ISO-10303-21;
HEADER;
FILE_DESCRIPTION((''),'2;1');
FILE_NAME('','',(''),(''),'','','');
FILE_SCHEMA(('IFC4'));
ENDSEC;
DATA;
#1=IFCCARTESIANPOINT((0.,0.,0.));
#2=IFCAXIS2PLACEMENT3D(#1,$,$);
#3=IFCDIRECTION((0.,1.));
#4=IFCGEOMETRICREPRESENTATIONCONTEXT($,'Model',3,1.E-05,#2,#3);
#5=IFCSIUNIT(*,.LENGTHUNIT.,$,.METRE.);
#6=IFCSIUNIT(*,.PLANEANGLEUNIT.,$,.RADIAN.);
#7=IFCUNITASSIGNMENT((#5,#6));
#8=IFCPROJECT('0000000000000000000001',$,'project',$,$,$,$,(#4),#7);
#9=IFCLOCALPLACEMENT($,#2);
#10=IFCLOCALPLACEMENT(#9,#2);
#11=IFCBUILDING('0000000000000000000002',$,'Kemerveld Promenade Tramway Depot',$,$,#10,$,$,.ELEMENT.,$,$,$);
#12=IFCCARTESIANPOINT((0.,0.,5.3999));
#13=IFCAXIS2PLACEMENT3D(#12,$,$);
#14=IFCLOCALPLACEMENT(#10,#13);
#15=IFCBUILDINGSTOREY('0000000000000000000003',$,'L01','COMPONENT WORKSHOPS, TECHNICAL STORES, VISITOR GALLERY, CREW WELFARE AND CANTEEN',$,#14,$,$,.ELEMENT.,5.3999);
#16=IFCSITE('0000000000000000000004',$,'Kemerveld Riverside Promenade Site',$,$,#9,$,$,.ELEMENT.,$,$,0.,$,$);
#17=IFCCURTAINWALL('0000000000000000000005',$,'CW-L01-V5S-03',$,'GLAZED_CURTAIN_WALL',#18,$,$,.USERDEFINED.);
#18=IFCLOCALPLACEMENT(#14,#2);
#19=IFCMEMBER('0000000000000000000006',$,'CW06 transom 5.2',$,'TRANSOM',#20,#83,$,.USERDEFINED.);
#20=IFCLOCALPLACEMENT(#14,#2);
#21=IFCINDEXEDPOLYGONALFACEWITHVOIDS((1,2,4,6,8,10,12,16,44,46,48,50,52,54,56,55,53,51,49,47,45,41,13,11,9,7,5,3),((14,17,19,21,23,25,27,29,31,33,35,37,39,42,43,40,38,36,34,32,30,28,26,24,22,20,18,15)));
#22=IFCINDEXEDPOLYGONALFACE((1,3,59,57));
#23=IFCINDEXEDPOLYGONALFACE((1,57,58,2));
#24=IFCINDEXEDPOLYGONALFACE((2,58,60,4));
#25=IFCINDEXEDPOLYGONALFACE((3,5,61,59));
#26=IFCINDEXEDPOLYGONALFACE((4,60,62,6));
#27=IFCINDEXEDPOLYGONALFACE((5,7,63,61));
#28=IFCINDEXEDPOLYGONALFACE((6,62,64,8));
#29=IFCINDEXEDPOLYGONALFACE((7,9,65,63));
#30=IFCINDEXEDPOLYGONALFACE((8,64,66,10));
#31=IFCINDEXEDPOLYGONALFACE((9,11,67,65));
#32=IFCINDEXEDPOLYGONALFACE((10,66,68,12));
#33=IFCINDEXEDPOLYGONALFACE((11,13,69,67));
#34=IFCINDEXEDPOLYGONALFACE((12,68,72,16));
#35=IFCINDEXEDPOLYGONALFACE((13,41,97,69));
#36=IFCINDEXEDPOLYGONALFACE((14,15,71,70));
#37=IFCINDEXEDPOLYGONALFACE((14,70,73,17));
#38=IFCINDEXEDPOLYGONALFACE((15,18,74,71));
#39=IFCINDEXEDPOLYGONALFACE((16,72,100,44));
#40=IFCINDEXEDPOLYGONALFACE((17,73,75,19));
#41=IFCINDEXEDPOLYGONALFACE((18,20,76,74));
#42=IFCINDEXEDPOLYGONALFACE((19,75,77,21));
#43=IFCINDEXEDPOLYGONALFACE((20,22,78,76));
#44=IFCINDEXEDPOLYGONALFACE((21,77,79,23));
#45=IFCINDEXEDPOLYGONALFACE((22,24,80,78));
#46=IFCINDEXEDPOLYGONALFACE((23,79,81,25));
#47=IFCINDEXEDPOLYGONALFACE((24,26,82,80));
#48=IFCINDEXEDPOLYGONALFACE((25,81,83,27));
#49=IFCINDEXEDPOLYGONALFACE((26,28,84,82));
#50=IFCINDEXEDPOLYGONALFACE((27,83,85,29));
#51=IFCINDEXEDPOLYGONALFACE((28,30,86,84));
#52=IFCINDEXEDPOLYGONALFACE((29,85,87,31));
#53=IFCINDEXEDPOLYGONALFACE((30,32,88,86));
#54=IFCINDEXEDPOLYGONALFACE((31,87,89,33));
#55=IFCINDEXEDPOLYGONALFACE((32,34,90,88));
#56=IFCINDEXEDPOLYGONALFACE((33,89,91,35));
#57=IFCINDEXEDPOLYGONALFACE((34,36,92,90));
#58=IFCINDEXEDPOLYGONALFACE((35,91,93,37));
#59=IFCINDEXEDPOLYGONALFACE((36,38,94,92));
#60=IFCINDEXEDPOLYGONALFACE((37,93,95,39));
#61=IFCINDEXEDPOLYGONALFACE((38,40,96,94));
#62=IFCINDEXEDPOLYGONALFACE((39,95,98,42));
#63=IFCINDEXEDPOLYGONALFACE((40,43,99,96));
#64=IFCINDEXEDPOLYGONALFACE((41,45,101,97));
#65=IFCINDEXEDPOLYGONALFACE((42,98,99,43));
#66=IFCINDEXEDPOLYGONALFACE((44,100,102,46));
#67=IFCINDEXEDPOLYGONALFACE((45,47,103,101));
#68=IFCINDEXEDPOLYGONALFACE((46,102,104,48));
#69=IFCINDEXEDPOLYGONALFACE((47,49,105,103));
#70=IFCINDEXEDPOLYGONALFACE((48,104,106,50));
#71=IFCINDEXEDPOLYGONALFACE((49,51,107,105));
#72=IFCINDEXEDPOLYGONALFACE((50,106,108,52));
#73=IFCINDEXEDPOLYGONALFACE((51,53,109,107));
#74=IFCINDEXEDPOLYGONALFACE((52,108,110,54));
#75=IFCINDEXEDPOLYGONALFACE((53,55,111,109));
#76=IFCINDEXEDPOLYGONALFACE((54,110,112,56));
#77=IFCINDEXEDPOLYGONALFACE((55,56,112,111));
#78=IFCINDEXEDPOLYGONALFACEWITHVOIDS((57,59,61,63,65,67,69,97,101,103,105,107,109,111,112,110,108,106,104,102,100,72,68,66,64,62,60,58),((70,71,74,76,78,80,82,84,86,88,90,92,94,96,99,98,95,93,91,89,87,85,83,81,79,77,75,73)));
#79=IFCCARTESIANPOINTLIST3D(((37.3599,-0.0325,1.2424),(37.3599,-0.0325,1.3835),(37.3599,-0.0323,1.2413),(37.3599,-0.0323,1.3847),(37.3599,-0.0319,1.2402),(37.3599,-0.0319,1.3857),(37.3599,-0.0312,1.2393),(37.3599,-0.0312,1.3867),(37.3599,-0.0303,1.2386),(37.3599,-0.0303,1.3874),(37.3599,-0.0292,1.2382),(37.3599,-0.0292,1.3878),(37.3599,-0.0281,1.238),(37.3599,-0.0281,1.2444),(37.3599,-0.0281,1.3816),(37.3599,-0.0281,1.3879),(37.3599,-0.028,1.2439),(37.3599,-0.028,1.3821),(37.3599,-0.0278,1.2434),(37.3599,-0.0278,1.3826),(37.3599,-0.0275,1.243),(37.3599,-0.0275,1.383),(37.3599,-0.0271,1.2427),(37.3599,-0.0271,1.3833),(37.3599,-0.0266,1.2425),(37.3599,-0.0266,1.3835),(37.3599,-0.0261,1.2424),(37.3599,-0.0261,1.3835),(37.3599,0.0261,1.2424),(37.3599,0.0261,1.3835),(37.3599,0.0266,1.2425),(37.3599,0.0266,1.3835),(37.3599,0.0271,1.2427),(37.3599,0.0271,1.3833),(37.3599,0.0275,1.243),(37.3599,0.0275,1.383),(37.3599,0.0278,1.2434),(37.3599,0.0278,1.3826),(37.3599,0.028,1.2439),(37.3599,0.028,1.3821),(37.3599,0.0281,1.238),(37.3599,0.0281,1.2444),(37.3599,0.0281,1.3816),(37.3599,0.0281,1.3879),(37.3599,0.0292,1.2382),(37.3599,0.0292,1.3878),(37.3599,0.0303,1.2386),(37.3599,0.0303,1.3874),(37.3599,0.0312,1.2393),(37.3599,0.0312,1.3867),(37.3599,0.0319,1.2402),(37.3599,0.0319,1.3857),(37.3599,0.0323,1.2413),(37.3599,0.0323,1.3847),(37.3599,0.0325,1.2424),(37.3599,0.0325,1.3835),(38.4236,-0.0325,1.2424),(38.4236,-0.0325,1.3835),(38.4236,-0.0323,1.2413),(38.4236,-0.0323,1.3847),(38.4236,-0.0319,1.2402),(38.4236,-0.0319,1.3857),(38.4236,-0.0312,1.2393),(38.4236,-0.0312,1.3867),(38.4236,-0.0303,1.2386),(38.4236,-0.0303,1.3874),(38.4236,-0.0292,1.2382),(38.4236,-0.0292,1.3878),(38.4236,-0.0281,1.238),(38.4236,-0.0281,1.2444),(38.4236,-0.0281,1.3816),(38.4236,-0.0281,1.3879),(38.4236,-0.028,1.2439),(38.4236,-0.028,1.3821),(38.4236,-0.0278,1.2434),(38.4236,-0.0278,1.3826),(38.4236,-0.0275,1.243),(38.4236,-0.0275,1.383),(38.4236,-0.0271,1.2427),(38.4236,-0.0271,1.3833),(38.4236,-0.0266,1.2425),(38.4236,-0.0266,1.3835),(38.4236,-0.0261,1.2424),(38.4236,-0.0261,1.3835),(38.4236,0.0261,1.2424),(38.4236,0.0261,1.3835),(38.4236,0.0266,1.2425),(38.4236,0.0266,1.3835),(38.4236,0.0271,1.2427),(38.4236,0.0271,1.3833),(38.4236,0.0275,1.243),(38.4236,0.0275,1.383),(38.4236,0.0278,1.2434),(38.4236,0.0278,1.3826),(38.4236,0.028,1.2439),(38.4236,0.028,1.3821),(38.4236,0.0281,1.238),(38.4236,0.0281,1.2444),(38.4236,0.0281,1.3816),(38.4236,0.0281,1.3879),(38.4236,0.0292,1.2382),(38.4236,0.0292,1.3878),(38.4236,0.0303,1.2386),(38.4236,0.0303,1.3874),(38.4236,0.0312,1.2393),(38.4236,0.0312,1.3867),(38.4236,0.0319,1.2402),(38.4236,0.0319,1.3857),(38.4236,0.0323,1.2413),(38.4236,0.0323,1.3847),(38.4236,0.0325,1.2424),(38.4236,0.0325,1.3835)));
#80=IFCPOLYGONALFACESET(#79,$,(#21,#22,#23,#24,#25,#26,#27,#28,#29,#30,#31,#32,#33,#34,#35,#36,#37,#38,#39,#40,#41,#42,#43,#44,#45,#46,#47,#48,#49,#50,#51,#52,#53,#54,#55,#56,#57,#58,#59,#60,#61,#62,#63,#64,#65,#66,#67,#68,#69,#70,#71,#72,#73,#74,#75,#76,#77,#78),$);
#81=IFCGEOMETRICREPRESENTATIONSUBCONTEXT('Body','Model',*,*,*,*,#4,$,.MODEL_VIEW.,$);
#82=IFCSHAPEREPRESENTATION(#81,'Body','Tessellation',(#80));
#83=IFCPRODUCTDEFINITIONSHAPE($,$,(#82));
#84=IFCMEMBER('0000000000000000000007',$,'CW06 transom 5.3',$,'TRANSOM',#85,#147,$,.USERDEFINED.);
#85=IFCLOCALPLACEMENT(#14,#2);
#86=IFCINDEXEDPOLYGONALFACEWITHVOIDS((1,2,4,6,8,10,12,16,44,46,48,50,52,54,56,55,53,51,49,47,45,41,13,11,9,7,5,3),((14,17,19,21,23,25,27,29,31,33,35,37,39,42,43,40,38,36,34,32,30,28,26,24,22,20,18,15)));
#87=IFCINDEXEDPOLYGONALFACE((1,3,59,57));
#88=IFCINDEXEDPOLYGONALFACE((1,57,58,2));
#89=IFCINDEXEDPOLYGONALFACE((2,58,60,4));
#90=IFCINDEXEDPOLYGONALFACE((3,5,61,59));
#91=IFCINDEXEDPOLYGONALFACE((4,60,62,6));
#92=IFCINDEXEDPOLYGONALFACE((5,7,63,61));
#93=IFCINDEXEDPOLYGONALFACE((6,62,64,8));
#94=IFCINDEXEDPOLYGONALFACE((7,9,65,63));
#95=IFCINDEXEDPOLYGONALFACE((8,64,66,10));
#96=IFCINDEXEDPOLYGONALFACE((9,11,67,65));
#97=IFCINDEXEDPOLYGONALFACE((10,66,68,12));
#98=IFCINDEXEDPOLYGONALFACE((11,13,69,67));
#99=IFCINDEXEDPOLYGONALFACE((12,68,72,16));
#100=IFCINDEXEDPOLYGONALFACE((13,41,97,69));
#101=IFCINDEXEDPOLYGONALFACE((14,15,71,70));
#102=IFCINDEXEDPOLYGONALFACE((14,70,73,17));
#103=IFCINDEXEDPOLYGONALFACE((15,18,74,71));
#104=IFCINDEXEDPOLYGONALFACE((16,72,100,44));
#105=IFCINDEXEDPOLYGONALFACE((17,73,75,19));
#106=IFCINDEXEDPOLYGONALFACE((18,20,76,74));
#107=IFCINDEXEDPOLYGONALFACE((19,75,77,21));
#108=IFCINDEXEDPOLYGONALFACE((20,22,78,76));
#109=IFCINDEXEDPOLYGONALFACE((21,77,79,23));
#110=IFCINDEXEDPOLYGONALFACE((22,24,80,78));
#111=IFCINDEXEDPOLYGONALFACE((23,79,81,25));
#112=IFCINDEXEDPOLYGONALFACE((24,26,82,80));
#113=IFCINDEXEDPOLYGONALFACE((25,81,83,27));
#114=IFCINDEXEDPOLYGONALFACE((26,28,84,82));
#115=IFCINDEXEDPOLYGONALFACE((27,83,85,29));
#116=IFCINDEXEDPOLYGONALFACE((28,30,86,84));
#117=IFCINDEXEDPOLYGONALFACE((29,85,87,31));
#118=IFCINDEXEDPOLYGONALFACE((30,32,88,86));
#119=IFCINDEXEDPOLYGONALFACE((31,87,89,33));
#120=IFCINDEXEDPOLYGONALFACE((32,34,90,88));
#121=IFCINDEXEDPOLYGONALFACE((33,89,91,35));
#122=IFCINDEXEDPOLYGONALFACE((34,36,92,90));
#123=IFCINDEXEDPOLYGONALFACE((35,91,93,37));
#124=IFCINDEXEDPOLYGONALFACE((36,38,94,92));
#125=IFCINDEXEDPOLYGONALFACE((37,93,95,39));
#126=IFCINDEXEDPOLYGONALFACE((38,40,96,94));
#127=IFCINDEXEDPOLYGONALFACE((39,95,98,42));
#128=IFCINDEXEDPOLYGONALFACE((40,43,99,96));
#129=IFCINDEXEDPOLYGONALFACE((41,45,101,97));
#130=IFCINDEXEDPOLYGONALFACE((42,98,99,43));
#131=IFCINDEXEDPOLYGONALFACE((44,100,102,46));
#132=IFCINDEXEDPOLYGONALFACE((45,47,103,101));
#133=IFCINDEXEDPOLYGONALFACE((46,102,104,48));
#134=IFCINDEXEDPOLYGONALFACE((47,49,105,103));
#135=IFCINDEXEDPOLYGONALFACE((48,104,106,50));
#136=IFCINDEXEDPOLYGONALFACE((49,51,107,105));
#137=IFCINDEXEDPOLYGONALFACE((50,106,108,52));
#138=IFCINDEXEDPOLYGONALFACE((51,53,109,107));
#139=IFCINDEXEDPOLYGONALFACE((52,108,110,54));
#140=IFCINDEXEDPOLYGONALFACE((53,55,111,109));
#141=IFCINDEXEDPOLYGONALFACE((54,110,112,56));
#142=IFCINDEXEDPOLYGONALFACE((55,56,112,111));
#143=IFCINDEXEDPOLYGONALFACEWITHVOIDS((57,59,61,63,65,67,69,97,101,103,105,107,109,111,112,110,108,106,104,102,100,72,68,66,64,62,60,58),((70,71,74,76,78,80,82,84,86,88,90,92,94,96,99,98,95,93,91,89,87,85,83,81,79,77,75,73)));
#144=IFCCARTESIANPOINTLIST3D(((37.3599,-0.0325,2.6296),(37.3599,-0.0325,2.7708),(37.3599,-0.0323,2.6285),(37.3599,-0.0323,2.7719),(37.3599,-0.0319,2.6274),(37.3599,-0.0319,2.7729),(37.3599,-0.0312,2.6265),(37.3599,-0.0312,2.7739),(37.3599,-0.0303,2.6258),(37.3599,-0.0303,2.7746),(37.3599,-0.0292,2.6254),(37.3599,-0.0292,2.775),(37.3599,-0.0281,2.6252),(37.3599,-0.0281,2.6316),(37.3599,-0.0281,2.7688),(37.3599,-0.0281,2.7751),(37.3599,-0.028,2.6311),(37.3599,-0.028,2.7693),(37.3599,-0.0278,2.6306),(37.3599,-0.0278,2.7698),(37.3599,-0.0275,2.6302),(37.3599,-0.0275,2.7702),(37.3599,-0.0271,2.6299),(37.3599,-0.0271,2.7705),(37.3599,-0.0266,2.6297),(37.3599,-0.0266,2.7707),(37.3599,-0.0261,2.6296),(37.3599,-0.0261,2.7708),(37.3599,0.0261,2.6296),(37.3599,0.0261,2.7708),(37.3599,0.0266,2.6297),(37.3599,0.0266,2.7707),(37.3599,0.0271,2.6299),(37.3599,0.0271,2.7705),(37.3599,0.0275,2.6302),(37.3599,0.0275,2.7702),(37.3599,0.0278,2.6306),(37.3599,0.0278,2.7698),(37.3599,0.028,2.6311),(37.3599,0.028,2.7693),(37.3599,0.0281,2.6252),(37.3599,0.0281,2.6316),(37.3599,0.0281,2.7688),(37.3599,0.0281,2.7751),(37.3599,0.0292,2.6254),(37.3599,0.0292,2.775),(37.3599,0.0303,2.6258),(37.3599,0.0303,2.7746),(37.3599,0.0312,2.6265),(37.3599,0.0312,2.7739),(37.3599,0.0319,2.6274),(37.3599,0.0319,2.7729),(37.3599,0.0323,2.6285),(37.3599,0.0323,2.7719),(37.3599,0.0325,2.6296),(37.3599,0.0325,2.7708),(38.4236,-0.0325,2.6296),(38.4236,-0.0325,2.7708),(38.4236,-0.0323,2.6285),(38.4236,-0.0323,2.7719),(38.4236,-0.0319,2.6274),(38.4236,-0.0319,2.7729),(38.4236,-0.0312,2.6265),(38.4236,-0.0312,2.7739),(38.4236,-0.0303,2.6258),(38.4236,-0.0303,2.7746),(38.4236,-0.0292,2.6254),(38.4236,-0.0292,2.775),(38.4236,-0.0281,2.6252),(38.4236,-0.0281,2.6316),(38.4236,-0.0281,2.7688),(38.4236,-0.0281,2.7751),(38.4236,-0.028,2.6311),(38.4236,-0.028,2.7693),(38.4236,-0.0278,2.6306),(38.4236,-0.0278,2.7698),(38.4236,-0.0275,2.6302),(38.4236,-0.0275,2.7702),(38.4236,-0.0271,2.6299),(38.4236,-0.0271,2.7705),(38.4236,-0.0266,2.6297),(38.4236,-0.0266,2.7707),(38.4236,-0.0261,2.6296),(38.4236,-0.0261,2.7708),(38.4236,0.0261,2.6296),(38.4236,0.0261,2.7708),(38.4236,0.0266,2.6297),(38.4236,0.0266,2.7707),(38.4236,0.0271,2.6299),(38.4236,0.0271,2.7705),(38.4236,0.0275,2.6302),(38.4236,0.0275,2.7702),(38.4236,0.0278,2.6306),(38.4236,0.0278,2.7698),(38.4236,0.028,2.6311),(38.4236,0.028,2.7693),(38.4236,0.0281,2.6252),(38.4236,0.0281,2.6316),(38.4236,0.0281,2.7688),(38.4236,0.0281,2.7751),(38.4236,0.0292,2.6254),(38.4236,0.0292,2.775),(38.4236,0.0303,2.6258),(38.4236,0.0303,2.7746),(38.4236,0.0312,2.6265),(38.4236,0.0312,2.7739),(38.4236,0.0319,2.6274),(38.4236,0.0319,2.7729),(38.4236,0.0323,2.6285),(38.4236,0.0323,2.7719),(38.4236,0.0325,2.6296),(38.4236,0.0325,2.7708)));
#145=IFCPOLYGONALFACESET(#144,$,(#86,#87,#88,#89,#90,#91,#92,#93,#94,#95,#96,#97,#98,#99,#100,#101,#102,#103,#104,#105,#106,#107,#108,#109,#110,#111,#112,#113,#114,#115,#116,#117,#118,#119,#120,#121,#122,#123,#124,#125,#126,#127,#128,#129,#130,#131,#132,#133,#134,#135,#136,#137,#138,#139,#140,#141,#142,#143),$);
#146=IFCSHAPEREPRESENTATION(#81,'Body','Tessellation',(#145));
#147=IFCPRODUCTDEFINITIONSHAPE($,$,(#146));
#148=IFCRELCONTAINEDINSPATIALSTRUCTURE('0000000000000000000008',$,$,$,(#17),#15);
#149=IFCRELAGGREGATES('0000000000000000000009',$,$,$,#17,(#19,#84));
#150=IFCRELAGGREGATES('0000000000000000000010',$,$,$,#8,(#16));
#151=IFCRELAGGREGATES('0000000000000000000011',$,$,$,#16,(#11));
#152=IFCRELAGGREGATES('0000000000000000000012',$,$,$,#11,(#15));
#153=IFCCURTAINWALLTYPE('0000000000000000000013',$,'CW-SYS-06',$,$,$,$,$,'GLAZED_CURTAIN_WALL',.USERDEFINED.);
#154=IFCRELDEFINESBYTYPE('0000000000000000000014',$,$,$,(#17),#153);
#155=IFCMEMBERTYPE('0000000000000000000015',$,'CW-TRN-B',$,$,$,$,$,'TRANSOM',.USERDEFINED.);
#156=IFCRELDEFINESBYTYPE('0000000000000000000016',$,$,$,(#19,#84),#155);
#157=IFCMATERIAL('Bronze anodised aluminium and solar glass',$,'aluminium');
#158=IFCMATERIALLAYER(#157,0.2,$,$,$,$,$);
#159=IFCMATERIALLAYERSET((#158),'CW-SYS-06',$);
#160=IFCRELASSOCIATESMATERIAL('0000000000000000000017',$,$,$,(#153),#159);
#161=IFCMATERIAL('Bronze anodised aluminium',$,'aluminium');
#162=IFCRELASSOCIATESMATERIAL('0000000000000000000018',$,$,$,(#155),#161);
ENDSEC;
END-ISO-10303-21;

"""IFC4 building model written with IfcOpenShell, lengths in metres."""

from ifc_helpers import new_model, si_unit, direction, frame, origin, origin_2d, place, context, subcontext, project, spatial, hollow_rectangle, extrude, material, layer, layer_set, material_profile, profile_set, type_object, element, aggregate, save


model = new_model("IFC4")

# Units and contexts
model_context = context("Model", 3, precision=1e-05, world=origin(), true_north=direction((0.0, 1.0)))
body_context = subcontext(model_context, "Body", "Model", "MODEL_VIEW")
ifc_project = project(units=[si_unit("LENGTHUNIT", "METRE"), si_unit("PLANEANGLEUNIT", "RADIAN")], contexts=[model_context])

# Site, building, storey
site_placement = place(None, origin())
site = spatial("IfcSite", under=ifc_project, at=site_placement, Name="Kemerveld Riverside Promenade Site", CompositionType="ELEMENT", RefElevation=0.0)
building_placement = place(site_placement, origin())
building = spatial("IfcBuilding", under=site, at=building_placement, Name="Kemerveld Promenade Tramway Depot", CompositionType="ELEMENT")
storey_placement = place(building_placement, frame((0.0, 0.0, 5.3999)))
storey = spatial("IfcBuildingStorey", under=building, at=storey_placement, Name="L01", Description="COMPONENT WORKSHOPS, TECHNICAL STORES, VISITOR GALLERY, CREW WELFARE AND CANTEEN", CompositionType="ELEMENT", Elevation=5.3999)

# Curtain wall, members
ifc_material_1 = material(Name="Bronze anodised aluminium and solar glass", Category="aluminium")
ifc_layer_1 = layer(ifc_material_1, 0.2)
ifc_layer_set_1 = layer_set([ifc_layer_1], Name="CW-SYS-06")
curtain_wall_type = type_object("IfcCurtainWallType", Name="CW-SYS-06", ElementType="GLAZED_CURTAIN_WALL", PredefinedType="USERDEFINED", material=ifc_layer_set_1)
curtain_wall_placement = place(storey_placement, origin())
curtain_wall = element("IfcCurtainWall", 1, at=curtain_wall_placement, inside=storey, type_object=curtain_wall_type, Name="CW-L01-V5S-03", ObjectType="GLAZED_CURTAIN_WALL", PredefinedType="USERDEFINED")
ifc_material_2 = material(Name="Bronze anodised aluminium", Category="aluminium")
ifc_material_profile_1 = material_profile(ifc_material_2, hollow_rectangle(XDim=0.0649, YDim=0.1499, WallThickness=0.0044, InnerFilletRadius=0.002, OuterFilletRadius=0.0044, at=origin_2d()), Name="CW-TRN-150x65")
ifc_profile_set_1 = profile_set([ifc_material_profile_1], Name="Bronze anodised aluminium")
member_type_1 = type_object("IfcMemberType", Name="CW-TRN-B", ElementType="TRANSOM", PredefinedType="USERDEFINED", material=ifc_profile_set_1)
member_1_placement = place(storey_placement, frame((38.4236, 0.0, 1.313), z_axis=(-1.0, 0.0, 0.0), x_axis=(0.0, -1.0, 0.0)))
member_1 = element("IfcMember", 2, at=member_1_placement, type_object=member_type_1, Name="CW06 transom 5.2", ObjectType="TRANSOM", PredefinedType="USERDEFINED", context=body_context, shape_type="SweptSolid", body=[
    extrude(hollow_rectangle(XDim=0.0649, YDim=0.1499, WallThickness=0.0044, InnerFilletRadius=0.002, OuterFilletRadius=0.0044, at=origin_2d()), origin(), (0.0, 0.0, 1.0), 1.0637),
])
member_2_placement = place(storey_placement, frame((38.4236, 0.0, 2.7002), z_axis=(-1.0, 0.0, 0.0), x_axis=(0.0, -1.0, 0.0)))
member_2 = element("IfcMember", 3, at=member_2_placement, type_object=member_type_1, Name="CW06 transom 5.3", ObjectType="TRANSOM", PredefinedType="USERDEFINED", context=body_context, shape_type="SweptSolid", body=[
    extrude(hollow_rectangle(XDim=0.0649, YDim=0.1499, WallThickness=0.0044, InnerFilletRadius=0.002, OuterFilletRadius=0.0044, at=origin_2d()), origin(), (0.0, 0.0, 1.0), 1.0637),
])
aggregate(curtain_wall, [member_1, member_2])

save(model, "model.ifc")
